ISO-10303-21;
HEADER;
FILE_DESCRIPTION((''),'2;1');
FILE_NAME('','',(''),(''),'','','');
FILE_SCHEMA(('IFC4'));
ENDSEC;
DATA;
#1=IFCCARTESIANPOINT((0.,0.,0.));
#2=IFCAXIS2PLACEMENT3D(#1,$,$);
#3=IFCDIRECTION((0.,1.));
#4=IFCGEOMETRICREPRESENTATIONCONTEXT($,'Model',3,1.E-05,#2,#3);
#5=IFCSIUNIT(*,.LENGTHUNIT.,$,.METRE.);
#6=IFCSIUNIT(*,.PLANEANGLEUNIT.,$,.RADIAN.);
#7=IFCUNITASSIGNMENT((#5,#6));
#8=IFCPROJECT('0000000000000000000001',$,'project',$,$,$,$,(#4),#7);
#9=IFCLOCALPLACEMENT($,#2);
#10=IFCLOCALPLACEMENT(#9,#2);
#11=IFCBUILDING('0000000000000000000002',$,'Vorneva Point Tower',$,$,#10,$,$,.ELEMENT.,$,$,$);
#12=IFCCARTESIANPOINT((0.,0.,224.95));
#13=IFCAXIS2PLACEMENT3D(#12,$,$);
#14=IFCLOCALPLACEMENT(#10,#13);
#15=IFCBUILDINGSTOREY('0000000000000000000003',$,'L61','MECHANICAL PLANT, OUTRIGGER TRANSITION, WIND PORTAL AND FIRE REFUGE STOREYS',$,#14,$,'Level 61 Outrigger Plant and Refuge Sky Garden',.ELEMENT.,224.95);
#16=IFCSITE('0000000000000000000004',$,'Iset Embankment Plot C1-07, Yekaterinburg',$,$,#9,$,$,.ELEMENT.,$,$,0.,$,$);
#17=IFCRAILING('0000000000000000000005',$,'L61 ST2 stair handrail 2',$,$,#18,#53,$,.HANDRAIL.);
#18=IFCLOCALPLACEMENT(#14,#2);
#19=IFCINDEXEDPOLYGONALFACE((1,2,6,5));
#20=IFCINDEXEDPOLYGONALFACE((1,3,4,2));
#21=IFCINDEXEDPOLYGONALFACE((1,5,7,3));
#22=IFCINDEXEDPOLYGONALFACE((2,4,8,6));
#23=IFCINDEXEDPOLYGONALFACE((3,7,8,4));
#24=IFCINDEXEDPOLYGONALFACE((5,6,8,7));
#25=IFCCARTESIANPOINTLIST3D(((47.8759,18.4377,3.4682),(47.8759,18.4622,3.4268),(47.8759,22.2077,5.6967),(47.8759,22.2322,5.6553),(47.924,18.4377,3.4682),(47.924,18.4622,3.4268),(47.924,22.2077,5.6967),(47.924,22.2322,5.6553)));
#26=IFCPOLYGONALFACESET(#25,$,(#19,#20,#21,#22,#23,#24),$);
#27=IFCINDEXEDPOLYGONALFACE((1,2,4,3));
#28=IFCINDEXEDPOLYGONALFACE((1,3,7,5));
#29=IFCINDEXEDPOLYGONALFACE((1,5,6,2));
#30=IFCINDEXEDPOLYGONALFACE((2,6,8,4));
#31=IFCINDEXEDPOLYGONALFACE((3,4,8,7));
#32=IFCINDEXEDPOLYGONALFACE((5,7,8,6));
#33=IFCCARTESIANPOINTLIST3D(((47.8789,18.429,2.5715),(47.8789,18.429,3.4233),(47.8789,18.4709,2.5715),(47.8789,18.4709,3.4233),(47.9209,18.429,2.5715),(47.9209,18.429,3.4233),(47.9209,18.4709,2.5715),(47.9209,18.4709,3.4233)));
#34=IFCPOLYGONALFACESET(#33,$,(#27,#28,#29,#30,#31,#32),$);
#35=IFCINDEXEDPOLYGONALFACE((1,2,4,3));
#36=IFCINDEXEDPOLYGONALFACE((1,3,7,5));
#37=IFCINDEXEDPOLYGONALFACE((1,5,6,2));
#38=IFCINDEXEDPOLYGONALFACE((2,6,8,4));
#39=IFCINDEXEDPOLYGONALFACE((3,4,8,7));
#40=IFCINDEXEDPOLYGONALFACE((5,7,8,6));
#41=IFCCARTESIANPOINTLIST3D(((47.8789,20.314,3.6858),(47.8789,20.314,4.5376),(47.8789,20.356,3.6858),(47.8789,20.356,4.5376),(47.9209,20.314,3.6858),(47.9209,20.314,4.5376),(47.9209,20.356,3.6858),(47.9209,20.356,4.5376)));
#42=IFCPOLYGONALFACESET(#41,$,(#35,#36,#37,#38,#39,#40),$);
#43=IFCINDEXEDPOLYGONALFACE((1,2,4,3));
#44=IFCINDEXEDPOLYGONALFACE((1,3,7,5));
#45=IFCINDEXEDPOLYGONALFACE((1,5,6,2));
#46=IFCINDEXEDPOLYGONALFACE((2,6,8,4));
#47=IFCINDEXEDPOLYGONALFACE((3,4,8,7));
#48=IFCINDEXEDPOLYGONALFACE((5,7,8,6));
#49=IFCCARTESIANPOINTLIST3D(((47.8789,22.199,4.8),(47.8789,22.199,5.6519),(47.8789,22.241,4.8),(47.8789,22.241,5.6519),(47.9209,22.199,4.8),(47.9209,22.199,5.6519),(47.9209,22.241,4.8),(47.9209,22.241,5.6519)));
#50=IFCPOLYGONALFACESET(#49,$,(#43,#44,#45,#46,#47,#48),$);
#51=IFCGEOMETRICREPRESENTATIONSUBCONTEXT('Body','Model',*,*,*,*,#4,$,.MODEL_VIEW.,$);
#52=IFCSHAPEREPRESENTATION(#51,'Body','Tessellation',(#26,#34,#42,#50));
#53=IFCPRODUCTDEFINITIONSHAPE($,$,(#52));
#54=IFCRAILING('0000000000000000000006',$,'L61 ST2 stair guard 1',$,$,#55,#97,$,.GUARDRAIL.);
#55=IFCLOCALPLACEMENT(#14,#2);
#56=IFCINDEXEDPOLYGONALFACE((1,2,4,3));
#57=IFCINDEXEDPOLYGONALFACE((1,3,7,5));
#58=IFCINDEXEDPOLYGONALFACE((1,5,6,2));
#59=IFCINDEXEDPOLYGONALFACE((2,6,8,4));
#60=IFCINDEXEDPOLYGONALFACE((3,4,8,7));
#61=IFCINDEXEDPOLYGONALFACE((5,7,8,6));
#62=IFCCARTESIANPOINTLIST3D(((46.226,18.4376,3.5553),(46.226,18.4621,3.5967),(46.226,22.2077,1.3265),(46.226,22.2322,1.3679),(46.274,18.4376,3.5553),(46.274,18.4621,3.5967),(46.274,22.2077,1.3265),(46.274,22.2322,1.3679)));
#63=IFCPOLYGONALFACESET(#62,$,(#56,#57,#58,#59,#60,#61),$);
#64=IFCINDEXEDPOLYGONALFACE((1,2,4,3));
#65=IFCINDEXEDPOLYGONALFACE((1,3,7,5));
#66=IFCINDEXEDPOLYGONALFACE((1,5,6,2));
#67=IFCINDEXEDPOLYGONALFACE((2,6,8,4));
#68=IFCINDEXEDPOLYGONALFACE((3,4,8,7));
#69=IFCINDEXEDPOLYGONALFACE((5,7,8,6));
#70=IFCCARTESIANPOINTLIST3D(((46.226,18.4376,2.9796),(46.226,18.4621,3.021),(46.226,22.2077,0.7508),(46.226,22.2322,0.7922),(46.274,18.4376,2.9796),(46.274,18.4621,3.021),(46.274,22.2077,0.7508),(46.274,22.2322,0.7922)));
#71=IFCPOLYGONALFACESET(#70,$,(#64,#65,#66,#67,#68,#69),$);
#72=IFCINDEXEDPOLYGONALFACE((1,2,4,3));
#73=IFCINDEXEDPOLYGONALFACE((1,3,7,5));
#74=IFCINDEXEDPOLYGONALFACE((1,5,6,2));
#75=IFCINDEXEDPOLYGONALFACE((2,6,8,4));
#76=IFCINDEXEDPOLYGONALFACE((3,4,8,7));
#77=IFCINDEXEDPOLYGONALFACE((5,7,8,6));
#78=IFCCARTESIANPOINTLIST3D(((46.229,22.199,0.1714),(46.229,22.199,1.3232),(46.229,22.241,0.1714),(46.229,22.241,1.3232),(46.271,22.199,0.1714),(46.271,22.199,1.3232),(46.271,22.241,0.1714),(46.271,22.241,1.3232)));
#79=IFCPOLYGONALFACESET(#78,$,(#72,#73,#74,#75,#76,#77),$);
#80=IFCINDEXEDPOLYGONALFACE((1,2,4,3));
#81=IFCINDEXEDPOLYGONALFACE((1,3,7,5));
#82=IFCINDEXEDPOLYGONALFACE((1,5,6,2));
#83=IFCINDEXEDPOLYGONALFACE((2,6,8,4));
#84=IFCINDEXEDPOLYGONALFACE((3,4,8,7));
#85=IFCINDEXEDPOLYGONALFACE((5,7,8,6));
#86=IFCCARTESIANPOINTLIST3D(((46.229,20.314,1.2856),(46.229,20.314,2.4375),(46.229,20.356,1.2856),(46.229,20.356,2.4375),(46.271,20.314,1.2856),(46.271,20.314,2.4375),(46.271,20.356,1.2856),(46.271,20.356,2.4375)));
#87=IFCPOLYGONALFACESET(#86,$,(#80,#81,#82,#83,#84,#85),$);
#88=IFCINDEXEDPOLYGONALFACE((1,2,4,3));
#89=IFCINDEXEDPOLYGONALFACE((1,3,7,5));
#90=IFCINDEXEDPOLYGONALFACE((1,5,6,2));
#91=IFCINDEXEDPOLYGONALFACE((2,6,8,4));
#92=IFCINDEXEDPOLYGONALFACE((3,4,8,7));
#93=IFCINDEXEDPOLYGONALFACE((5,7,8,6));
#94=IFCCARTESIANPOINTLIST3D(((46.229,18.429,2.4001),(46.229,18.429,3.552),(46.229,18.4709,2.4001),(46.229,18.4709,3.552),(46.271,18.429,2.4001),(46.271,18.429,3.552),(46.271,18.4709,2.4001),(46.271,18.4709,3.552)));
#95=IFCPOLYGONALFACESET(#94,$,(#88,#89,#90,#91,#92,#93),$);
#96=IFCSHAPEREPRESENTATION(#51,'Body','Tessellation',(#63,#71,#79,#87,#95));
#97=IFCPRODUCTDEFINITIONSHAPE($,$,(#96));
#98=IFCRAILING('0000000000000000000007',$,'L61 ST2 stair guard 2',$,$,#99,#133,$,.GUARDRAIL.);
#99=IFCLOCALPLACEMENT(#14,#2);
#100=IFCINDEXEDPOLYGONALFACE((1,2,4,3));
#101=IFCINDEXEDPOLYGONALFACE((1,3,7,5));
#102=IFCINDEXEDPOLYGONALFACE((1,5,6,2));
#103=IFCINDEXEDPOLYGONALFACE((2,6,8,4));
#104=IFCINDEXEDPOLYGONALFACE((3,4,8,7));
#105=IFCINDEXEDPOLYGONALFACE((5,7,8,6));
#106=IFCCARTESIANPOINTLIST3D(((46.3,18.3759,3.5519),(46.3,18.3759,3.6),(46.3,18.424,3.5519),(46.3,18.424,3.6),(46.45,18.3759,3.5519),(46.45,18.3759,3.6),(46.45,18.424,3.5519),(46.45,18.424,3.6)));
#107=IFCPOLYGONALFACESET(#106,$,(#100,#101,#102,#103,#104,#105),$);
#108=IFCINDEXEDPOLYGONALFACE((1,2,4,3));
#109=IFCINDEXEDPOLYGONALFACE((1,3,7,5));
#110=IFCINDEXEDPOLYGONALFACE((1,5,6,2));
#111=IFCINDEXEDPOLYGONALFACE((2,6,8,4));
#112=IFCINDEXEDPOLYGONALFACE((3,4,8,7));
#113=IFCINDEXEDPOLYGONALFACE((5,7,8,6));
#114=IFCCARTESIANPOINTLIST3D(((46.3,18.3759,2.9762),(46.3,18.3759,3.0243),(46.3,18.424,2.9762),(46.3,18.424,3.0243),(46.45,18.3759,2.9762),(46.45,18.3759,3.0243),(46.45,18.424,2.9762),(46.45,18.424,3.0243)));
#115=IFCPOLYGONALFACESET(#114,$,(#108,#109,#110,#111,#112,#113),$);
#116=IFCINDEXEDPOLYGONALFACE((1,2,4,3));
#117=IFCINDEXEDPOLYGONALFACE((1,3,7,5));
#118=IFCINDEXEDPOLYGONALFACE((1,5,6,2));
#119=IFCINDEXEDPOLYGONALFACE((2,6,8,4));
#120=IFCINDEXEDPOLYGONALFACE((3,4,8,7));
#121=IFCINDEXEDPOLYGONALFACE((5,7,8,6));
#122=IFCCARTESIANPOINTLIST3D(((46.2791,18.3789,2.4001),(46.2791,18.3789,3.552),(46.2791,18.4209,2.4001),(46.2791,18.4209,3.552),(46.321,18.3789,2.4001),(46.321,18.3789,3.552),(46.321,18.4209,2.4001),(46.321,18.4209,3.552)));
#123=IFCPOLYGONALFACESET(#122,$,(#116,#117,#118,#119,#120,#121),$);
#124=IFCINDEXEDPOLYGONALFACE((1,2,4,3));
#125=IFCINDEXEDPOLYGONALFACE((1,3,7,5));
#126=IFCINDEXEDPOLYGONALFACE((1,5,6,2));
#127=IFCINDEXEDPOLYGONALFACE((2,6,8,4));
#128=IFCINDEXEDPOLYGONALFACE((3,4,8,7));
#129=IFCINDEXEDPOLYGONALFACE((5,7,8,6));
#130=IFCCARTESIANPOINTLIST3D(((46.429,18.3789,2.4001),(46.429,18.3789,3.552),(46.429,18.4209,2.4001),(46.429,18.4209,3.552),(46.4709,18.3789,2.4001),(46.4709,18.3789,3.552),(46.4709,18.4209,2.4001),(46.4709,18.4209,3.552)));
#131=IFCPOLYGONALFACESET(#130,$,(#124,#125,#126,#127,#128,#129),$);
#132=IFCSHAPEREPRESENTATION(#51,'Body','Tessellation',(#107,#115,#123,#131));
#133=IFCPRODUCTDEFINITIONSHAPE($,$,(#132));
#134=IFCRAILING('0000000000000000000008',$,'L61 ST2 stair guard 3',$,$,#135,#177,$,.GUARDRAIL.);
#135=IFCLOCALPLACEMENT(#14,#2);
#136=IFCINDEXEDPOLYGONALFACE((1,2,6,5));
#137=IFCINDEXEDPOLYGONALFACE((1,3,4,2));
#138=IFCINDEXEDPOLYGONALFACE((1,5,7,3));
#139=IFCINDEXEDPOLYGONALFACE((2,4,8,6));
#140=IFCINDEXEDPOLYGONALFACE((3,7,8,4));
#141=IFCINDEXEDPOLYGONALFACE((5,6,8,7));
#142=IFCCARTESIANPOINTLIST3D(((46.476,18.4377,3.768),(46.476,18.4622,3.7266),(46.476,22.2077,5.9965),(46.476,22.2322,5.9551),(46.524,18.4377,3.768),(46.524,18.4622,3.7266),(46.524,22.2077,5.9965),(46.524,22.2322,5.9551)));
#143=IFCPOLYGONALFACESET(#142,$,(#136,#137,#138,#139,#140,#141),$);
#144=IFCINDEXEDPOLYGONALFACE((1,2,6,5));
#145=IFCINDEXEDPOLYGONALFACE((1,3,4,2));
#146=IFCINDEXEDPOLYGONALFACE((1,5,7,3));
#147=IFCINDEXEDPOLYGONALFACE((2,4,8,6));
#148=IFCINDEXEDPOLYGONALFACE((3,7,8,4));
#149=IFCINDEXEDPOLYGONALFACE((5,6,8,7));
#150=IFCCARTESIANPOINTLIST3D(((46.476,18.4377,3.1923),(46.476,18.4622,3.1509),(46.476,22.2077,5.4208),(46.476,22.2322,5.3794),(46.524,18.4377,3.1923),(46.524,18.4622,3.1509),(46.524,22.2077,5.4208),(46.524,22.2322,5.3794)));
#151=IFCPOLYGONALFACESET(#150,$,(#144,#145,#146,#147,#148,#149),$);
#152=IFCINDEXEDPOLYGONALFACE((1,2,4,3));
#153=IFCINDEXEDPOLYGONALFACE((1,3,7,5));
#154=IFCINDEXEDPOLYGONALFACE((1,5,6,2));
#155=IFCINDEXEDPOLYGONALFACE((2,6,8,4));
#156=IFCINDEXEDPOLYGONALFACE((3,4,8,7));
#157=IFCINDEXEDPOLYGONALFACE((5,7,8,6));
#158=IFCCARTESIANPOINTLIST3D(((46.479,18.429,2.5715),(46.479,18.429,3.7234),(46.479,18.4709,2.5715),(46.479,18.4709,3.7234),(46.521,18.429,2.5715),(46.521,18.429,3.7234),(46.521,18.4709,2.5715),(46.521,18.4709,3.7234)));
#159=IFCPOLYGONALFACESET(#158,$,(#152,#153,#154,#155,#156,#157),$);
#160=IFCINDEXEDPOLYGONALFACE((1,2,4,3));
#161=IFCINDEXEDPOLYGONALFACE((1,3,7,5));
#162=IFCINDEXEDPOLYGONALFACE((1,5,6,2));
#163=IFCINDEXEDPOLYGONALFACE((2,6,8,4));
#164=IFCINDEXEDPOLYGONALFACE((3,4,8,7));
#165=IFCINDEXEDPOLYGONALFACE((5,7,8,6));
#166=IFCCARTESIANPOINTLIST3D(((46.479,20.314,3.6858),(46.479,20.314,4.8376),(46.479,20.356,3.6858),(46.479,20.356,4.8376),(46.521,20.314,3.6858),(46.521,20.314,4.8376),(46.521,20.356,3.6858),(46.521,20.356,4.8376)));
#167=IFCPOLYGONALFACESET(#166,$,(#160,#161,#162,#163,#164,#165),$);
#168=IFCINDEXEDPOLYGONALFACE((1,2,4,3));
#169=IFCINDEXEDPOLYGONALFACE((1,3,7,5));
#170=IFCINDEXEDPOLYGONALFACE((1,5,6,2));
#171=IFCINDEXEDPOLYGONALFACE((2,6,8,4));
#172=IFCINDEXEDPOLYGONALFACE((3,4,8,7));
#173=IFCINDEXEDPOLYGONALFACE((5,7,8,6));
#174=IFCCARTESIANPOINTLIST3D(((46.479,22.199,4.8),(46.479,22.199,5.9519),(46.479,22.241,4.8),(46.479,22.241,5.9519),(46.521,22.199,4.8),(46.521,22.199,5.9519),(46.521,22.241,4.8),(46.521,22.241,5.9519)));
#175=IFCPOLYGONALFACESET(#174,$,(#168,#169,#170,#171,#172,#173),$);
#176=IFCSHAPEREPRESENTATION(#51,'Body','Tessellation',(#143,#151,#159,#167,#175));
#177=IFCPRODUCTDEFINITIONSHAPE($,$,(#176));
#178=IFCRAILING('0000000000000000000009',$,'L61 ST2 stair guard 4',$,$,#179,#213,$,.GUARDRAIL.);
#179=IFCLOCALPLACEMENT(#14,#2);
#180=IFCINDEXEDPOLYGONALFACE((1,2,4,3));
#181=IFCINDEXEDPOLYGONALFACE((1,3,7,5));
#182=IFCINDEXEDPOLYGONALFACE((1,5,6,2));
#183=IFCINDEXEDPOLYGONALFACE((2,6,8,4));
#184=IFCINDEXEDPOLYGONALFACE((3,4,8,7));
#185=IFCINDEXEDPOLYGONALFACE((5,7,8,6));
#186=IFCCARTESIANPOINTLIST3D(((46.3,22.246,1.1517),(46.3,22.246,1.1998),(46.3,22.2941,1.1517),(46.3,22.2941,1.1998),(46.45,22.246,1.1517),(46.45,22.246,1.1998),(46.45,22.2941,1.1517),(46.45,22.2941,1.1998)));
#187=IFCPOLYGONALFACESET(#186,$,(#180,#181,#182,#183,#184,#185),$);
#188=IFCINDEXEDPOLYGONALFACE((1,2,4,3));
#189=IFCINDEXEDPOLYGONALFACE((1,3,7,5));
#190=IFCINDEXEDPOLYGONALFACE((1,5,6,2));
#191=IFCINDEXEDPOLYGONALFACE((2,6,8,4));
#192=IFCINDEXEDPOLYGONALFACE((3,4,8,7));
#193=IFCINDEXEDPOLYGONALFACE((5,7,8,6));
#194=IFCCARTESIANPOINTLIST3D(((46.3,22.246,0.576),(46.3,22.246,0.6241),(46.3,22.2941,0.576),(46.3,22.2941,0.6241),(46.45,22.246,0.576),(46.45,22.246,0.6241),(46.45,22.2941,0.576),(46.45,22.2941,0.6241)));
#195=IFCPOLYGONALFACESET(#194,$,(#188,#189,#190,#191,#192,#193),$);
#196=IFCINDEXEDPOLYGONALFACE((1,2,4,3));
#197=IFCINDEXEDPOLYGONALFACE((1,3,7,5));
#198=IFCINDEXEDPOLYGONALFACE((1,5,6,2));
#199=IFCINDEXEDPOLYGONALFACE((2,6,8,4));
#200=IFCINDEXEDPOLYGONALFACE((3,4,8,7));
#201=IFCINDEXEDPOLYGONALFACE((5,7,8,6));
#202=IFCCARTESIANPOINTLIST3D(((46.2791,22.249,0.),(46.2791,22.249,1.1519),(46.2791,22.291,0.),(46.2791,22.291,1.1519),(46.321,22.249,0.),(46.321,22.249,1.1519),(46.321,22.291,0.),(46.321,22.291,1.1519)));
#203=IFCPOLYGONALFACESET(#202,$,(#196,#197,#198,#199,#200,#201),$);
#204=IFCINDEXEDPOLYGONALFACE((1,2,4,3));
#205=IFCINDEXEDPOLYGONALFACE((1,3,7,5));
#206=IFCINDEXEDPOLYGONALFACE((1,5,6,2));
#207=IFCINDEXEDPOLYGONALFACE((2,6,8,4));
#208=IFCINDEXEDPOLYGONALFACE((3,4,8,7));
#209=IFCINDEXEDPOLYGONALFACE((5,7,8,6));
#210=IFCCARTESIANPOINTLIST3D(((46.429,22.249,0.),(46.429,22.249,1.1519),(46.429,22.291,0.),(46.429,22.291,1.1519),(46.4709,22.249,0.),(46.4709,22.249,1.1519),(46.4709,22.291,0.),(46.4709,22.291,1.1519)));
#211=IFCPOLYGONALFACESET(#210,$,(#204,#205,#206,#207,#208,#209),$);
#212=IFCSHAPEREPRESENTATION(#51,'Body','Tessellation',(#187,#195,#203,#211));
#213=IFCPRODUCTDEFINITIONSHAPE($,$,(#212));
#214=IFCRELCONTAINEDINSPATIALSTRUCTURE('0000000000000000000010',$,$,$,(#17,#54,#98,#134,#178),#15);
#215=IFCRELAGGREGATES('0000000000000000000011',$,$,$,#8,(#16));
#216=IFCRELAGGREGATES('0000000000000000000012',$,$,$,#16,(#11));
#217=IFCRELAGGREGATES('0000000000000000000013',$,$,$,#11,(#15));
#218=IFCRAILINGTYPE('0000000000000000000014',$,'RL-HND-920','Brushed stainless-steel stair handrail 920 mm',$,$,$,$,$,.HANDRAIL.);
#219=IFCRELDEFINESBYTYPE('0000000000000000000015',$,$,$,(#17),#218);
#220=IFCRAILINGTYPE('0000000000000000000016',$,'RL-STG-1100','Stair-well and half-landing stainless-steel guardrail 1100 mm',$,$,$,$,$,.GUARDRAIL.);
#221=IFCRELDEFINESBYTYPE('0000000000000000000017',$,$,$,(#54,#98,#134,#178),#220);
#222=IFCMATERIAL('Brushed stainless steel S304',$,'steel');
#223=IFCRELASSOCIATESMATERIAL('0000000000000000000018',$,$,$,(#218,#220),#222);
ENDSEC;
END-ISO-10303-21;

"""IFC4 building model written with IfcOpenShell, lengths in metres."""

from ifc_helpers import new_model, si_unit, direction, frame, origin, origin_2d, place, context, subcontext, project, spatial, rectangle, extrude, material, type_object, element, save


model = new_model("IFC4")

# Units and contexts
model_context = context("Model", 3, precision=1e-05, world=origin(), true_north=direction((0.0, 1.0)))
body_context = subcontext(model_context, "Body", "Model", "MODEL_VIEW")
ifc_project = project(units=[si_unit("LENGTHUNIT", "METRE"), si_unit("PLANEANGLEUNIT", "RADIAN")], contexts=[model_context])

# Site, building, storey
site_placement = place(None, origin())
site = spatial("IfcSite", under=ifc_project, at=site_placement, Name="Iset Embankment Plot C1-07, Yekaterinburg", CompositionType="ELEMENT", RefElevation=0.0)
building_placement = place(site_placement, origin())
building = spatial("IfcBuilding", under=site, at=building_placement, Name="Vorneva Point Tower", CompositionType="ELEMENT")
storey_placement = place(building_placement, frame((0.0, 0.0, 224.95)))
storey = spatial("IfcBuildingStorey", under=building, at=storey_placement, Name="L61", Description="MECHANICAL PLANT, OUTRIGGER TRANSITION, WIND PORTAL AND FIRE REFUGE STOREYS", LongName="Level 61 Outrigger Plant and Refuge Sky Garden", CompositionType="ELEMENT", Elevation=224.95)

# Railings
ifc_material_1 = material(Name="Brushed stainless steel S304", Category="steel")
railing_type_1 = type_object("IfcRailingType", Name="RL-HND-920", Description="Brushed stainless-steel stair handrail 920 mm", PredefinedType="HANDRAIL", material=ifc_material_1)
railing_1_placement = place(storey_placement, frame((47.8999, 18.45, 2.5715)))
element("IfcRailing", 1, at=railing_1_placement, inside=storey, type_object=railing_type_1, Name="L61 ST2 stair handrail 2", PredefinedType="HANDRAIL", context=body_context, shape_type="SweptSolid", body=[
    extrude(rectangle(XDim=0.0481, YDim=0.0481, at=origin_2d()), frame((0.0, 0.0, 0.876), z_axis=(0.0, 0.860849, 0.508861), x_axis=(-1.0, 0.0, 0.0)), (0.0, 0.0, 1.0), 4.3794),
    extrude(rectangle(XDim=0.042, YDim=0.042, at=origin_2d()), origin(), (0.0, 0.0, 1.0), 0.8518),
    extrude(rectangle(XDim=0.042, YDim=0.042, at=origin_2d()), frame((0.0, 1.885, 1.1143)), (0.0, 0.0, 1.0), 0.8518),
    extrude(rectangle(XDim=0.042, YDim=0.042, at=origin_2d()), frame((0.0, 3.77, 2.2285)), (0.0, 0.0, 1.0), 0.8518),
])
railing_type_2 = type_object("IfcRailingType", Name="RL-STG-1100", Description="Stair-well and half-landing stainless-steel guardrail 1100 mm", PredefinedType="GUARDRAIL", material=ifc_material_1)
railing_2_placement = place(storey_placement, frame((46.25, 22.22, 0.1714)))
element("IfcRailing", 2, at=railing_2_placement, inside=storey, type_object=railing_type_2, Name="L61 ST2 stair guard 1", PredefinedType="GUARDRAIL", context=body_context, shape_type="SweptSolid", body=[
    extrude(rectangle(XDim=0.0481, YDim=0.0481, at=origin_2d()), frame((0.0, 0.0, 1.1758), z_axis=(0.0, -0.860824, 0.508902), x_axis=(1.0, 0.0, 0.0)), (0.0, 0.0, 1.0), 4.3796),
    extrude(rectangle(XDim=0.0481, YDim=0.0481, at=origin_2d()), frame((0.0, 0.0, 0.6001), z_axis=(0.0, -0.860824, 0.508902), x_axis=(1.0, 0.0, 0.0)), (0.0, 0.0, 1.0), 4.3796),
    extrude(rectangle(XDim=0.042, YDim=0.042, at=origin_2d()), origin(), (0.0, 0.0, 1.0), 1.1519),
    extrude(rectangle(XDim=0.042, YDim=0.042, at=origin_2d()), frame((0.0, -1.885, 1.1143)), (0.0, 0.0, 1.0), 1.1519),
    extrude(rectangle(XDim=0.042, YDim=0.042, at=origin_2d()), frame((0.0, -3.77, 2.2288)), (0.0, 0.0, 1.0), 1.1519),
])
railing_3_placement = place(storey_placement, frame((46.3, 18.3999, 2.4001)))
element("IfcRailing", 3, at=railing_3_placement, inside=storey, type_object=railing_type_2, Name="L61 ST2 stair guard 2", PredefinedType="GUARDRAIL", context=body_context, shape_type="SweptSolid", body=[
    extrude(rectangle(XDim=0.0481, YDim=0.0481, at=origin_2d()), frame((0.0, 0.0, 1.1758), z_axis=(1.0, 0.0, 0.0), x_axis=(0.0, 1.0, 0.0)), (0.0, 0.0, 1.0), 0.1499),
    extrude(rectangle(XDim=0.0481, YDim=0.0481, at=origin_2d()), frame((0.0, 0.0, 0.6001), z_axis=(1.0, 0.0, 0.0), x_axis=(0.0, 1.0, 0.0)), (0.0, 0.0, 1.0), 0.1499),
    extrude(rectangle(XDim=0.042, YDim=0.042, at=origin_2d()), origin(), (0.0, 0.0, 1.0), 1.1519),
    extrude(rectangle(XDim=0.042, YDim=0.042, at=origin_2d()), frame((0.1499, 0.0, 0.0)), (0.0, 0.0, 1.0), 1.1519),
])
railing_4_placement = place(storey_placement, frame((46.5, 18.45, 2.5715)))
element("IfcRailing", 4, at=railing_4_placement, inside=storey, type_object=railing_type_2, Name="L61 ST2 stair guard 3", PredefinedType="GUARDRAIL", context=body_context, shape_type="SweptSolid", body=[
    extrude(rectangle(XDim=0.0481, YDim=0.0481, at=origin_2d()), frame((0.0, 0.0, 1.1758), z_axis=(0.0, 0.860849, 0.508861), x_axis=(-1.0, 0.0, 0.0)), (0.0, 0.0, 1.0), 4.3794),
    extrude(rectangle(XDim=0.0481, YDim=0.0481, at=origin_2d()), frame((0.0, 0.0, 0.6001), z_axis=(0.0, 0.860849, 0.508861), x_axis=(-1.0, 0.0, 0.0)), (0.0, 0.0, 1.0), 4.3794),
    extrude(rectangle(XDim=0.042, YDim=0.042, at=origin_2d()), origin(), (0.0, 0.0, 1.0), 1.1519),
    extrude(rectangle(XDim=0.042, YDim=0.042, at=origin_2d()), frame((0.0, 1.885, 1.1143)), (0.0, 0.0, 1.0), 1.1519),
    extrude(rectangle(XDim=0.042, YDim=0.042, at=origin_2d()), frame((0.0, 3.77, 2.2285)), (0.0, 0.0, 1.0), 1.1519),
])
railing_5_placement = place(storey_placement, frame((46.3, 22.27, 0.0)))
element("IfcRailing", 5, at=railing_5_placement, inside=storey, type_object=railing_type_2, Name="L61 ST2 stair guard 4", PredefinedType="GUARDRAIL", context=body_context, shape_type="SweptSolid", body=[
    extrude(rectangle(XDim=0.0481, YDim=0.0481, at=origin_2d()), frame((0.0, 0.0, 1.1758), z_axis=(1.0, 0.0, 0.0), x_axis=(0.0, 1.0, 0.0)), (0.0, 0.0, 1.0), 0.1499),
    extrude(rectangle(XDim=0.0481, YDim=0.0481, at=origin_2d()), frame((0.0, 0.0, 0.6001), z_axis=(1.0, 0.0, 0.0), x_axis=(0.0, 1.0, 0.0)), (0.0, 0.0, 1.0), 0.1499),
    extrude(rectangle(XDim=0.042, YDim=0.042, at=origin_2d()), origin(), (0.0, 0.0, 1.0), 1.1519),
    extrude(rectangle(XDim=0.042, YDim=0.042, at=origin_2d()), frame((0.1499, 0.0, 0.0)), (0.0, 0.0, 1.0), 1.1519),
])

save(model, "model.ifc")
